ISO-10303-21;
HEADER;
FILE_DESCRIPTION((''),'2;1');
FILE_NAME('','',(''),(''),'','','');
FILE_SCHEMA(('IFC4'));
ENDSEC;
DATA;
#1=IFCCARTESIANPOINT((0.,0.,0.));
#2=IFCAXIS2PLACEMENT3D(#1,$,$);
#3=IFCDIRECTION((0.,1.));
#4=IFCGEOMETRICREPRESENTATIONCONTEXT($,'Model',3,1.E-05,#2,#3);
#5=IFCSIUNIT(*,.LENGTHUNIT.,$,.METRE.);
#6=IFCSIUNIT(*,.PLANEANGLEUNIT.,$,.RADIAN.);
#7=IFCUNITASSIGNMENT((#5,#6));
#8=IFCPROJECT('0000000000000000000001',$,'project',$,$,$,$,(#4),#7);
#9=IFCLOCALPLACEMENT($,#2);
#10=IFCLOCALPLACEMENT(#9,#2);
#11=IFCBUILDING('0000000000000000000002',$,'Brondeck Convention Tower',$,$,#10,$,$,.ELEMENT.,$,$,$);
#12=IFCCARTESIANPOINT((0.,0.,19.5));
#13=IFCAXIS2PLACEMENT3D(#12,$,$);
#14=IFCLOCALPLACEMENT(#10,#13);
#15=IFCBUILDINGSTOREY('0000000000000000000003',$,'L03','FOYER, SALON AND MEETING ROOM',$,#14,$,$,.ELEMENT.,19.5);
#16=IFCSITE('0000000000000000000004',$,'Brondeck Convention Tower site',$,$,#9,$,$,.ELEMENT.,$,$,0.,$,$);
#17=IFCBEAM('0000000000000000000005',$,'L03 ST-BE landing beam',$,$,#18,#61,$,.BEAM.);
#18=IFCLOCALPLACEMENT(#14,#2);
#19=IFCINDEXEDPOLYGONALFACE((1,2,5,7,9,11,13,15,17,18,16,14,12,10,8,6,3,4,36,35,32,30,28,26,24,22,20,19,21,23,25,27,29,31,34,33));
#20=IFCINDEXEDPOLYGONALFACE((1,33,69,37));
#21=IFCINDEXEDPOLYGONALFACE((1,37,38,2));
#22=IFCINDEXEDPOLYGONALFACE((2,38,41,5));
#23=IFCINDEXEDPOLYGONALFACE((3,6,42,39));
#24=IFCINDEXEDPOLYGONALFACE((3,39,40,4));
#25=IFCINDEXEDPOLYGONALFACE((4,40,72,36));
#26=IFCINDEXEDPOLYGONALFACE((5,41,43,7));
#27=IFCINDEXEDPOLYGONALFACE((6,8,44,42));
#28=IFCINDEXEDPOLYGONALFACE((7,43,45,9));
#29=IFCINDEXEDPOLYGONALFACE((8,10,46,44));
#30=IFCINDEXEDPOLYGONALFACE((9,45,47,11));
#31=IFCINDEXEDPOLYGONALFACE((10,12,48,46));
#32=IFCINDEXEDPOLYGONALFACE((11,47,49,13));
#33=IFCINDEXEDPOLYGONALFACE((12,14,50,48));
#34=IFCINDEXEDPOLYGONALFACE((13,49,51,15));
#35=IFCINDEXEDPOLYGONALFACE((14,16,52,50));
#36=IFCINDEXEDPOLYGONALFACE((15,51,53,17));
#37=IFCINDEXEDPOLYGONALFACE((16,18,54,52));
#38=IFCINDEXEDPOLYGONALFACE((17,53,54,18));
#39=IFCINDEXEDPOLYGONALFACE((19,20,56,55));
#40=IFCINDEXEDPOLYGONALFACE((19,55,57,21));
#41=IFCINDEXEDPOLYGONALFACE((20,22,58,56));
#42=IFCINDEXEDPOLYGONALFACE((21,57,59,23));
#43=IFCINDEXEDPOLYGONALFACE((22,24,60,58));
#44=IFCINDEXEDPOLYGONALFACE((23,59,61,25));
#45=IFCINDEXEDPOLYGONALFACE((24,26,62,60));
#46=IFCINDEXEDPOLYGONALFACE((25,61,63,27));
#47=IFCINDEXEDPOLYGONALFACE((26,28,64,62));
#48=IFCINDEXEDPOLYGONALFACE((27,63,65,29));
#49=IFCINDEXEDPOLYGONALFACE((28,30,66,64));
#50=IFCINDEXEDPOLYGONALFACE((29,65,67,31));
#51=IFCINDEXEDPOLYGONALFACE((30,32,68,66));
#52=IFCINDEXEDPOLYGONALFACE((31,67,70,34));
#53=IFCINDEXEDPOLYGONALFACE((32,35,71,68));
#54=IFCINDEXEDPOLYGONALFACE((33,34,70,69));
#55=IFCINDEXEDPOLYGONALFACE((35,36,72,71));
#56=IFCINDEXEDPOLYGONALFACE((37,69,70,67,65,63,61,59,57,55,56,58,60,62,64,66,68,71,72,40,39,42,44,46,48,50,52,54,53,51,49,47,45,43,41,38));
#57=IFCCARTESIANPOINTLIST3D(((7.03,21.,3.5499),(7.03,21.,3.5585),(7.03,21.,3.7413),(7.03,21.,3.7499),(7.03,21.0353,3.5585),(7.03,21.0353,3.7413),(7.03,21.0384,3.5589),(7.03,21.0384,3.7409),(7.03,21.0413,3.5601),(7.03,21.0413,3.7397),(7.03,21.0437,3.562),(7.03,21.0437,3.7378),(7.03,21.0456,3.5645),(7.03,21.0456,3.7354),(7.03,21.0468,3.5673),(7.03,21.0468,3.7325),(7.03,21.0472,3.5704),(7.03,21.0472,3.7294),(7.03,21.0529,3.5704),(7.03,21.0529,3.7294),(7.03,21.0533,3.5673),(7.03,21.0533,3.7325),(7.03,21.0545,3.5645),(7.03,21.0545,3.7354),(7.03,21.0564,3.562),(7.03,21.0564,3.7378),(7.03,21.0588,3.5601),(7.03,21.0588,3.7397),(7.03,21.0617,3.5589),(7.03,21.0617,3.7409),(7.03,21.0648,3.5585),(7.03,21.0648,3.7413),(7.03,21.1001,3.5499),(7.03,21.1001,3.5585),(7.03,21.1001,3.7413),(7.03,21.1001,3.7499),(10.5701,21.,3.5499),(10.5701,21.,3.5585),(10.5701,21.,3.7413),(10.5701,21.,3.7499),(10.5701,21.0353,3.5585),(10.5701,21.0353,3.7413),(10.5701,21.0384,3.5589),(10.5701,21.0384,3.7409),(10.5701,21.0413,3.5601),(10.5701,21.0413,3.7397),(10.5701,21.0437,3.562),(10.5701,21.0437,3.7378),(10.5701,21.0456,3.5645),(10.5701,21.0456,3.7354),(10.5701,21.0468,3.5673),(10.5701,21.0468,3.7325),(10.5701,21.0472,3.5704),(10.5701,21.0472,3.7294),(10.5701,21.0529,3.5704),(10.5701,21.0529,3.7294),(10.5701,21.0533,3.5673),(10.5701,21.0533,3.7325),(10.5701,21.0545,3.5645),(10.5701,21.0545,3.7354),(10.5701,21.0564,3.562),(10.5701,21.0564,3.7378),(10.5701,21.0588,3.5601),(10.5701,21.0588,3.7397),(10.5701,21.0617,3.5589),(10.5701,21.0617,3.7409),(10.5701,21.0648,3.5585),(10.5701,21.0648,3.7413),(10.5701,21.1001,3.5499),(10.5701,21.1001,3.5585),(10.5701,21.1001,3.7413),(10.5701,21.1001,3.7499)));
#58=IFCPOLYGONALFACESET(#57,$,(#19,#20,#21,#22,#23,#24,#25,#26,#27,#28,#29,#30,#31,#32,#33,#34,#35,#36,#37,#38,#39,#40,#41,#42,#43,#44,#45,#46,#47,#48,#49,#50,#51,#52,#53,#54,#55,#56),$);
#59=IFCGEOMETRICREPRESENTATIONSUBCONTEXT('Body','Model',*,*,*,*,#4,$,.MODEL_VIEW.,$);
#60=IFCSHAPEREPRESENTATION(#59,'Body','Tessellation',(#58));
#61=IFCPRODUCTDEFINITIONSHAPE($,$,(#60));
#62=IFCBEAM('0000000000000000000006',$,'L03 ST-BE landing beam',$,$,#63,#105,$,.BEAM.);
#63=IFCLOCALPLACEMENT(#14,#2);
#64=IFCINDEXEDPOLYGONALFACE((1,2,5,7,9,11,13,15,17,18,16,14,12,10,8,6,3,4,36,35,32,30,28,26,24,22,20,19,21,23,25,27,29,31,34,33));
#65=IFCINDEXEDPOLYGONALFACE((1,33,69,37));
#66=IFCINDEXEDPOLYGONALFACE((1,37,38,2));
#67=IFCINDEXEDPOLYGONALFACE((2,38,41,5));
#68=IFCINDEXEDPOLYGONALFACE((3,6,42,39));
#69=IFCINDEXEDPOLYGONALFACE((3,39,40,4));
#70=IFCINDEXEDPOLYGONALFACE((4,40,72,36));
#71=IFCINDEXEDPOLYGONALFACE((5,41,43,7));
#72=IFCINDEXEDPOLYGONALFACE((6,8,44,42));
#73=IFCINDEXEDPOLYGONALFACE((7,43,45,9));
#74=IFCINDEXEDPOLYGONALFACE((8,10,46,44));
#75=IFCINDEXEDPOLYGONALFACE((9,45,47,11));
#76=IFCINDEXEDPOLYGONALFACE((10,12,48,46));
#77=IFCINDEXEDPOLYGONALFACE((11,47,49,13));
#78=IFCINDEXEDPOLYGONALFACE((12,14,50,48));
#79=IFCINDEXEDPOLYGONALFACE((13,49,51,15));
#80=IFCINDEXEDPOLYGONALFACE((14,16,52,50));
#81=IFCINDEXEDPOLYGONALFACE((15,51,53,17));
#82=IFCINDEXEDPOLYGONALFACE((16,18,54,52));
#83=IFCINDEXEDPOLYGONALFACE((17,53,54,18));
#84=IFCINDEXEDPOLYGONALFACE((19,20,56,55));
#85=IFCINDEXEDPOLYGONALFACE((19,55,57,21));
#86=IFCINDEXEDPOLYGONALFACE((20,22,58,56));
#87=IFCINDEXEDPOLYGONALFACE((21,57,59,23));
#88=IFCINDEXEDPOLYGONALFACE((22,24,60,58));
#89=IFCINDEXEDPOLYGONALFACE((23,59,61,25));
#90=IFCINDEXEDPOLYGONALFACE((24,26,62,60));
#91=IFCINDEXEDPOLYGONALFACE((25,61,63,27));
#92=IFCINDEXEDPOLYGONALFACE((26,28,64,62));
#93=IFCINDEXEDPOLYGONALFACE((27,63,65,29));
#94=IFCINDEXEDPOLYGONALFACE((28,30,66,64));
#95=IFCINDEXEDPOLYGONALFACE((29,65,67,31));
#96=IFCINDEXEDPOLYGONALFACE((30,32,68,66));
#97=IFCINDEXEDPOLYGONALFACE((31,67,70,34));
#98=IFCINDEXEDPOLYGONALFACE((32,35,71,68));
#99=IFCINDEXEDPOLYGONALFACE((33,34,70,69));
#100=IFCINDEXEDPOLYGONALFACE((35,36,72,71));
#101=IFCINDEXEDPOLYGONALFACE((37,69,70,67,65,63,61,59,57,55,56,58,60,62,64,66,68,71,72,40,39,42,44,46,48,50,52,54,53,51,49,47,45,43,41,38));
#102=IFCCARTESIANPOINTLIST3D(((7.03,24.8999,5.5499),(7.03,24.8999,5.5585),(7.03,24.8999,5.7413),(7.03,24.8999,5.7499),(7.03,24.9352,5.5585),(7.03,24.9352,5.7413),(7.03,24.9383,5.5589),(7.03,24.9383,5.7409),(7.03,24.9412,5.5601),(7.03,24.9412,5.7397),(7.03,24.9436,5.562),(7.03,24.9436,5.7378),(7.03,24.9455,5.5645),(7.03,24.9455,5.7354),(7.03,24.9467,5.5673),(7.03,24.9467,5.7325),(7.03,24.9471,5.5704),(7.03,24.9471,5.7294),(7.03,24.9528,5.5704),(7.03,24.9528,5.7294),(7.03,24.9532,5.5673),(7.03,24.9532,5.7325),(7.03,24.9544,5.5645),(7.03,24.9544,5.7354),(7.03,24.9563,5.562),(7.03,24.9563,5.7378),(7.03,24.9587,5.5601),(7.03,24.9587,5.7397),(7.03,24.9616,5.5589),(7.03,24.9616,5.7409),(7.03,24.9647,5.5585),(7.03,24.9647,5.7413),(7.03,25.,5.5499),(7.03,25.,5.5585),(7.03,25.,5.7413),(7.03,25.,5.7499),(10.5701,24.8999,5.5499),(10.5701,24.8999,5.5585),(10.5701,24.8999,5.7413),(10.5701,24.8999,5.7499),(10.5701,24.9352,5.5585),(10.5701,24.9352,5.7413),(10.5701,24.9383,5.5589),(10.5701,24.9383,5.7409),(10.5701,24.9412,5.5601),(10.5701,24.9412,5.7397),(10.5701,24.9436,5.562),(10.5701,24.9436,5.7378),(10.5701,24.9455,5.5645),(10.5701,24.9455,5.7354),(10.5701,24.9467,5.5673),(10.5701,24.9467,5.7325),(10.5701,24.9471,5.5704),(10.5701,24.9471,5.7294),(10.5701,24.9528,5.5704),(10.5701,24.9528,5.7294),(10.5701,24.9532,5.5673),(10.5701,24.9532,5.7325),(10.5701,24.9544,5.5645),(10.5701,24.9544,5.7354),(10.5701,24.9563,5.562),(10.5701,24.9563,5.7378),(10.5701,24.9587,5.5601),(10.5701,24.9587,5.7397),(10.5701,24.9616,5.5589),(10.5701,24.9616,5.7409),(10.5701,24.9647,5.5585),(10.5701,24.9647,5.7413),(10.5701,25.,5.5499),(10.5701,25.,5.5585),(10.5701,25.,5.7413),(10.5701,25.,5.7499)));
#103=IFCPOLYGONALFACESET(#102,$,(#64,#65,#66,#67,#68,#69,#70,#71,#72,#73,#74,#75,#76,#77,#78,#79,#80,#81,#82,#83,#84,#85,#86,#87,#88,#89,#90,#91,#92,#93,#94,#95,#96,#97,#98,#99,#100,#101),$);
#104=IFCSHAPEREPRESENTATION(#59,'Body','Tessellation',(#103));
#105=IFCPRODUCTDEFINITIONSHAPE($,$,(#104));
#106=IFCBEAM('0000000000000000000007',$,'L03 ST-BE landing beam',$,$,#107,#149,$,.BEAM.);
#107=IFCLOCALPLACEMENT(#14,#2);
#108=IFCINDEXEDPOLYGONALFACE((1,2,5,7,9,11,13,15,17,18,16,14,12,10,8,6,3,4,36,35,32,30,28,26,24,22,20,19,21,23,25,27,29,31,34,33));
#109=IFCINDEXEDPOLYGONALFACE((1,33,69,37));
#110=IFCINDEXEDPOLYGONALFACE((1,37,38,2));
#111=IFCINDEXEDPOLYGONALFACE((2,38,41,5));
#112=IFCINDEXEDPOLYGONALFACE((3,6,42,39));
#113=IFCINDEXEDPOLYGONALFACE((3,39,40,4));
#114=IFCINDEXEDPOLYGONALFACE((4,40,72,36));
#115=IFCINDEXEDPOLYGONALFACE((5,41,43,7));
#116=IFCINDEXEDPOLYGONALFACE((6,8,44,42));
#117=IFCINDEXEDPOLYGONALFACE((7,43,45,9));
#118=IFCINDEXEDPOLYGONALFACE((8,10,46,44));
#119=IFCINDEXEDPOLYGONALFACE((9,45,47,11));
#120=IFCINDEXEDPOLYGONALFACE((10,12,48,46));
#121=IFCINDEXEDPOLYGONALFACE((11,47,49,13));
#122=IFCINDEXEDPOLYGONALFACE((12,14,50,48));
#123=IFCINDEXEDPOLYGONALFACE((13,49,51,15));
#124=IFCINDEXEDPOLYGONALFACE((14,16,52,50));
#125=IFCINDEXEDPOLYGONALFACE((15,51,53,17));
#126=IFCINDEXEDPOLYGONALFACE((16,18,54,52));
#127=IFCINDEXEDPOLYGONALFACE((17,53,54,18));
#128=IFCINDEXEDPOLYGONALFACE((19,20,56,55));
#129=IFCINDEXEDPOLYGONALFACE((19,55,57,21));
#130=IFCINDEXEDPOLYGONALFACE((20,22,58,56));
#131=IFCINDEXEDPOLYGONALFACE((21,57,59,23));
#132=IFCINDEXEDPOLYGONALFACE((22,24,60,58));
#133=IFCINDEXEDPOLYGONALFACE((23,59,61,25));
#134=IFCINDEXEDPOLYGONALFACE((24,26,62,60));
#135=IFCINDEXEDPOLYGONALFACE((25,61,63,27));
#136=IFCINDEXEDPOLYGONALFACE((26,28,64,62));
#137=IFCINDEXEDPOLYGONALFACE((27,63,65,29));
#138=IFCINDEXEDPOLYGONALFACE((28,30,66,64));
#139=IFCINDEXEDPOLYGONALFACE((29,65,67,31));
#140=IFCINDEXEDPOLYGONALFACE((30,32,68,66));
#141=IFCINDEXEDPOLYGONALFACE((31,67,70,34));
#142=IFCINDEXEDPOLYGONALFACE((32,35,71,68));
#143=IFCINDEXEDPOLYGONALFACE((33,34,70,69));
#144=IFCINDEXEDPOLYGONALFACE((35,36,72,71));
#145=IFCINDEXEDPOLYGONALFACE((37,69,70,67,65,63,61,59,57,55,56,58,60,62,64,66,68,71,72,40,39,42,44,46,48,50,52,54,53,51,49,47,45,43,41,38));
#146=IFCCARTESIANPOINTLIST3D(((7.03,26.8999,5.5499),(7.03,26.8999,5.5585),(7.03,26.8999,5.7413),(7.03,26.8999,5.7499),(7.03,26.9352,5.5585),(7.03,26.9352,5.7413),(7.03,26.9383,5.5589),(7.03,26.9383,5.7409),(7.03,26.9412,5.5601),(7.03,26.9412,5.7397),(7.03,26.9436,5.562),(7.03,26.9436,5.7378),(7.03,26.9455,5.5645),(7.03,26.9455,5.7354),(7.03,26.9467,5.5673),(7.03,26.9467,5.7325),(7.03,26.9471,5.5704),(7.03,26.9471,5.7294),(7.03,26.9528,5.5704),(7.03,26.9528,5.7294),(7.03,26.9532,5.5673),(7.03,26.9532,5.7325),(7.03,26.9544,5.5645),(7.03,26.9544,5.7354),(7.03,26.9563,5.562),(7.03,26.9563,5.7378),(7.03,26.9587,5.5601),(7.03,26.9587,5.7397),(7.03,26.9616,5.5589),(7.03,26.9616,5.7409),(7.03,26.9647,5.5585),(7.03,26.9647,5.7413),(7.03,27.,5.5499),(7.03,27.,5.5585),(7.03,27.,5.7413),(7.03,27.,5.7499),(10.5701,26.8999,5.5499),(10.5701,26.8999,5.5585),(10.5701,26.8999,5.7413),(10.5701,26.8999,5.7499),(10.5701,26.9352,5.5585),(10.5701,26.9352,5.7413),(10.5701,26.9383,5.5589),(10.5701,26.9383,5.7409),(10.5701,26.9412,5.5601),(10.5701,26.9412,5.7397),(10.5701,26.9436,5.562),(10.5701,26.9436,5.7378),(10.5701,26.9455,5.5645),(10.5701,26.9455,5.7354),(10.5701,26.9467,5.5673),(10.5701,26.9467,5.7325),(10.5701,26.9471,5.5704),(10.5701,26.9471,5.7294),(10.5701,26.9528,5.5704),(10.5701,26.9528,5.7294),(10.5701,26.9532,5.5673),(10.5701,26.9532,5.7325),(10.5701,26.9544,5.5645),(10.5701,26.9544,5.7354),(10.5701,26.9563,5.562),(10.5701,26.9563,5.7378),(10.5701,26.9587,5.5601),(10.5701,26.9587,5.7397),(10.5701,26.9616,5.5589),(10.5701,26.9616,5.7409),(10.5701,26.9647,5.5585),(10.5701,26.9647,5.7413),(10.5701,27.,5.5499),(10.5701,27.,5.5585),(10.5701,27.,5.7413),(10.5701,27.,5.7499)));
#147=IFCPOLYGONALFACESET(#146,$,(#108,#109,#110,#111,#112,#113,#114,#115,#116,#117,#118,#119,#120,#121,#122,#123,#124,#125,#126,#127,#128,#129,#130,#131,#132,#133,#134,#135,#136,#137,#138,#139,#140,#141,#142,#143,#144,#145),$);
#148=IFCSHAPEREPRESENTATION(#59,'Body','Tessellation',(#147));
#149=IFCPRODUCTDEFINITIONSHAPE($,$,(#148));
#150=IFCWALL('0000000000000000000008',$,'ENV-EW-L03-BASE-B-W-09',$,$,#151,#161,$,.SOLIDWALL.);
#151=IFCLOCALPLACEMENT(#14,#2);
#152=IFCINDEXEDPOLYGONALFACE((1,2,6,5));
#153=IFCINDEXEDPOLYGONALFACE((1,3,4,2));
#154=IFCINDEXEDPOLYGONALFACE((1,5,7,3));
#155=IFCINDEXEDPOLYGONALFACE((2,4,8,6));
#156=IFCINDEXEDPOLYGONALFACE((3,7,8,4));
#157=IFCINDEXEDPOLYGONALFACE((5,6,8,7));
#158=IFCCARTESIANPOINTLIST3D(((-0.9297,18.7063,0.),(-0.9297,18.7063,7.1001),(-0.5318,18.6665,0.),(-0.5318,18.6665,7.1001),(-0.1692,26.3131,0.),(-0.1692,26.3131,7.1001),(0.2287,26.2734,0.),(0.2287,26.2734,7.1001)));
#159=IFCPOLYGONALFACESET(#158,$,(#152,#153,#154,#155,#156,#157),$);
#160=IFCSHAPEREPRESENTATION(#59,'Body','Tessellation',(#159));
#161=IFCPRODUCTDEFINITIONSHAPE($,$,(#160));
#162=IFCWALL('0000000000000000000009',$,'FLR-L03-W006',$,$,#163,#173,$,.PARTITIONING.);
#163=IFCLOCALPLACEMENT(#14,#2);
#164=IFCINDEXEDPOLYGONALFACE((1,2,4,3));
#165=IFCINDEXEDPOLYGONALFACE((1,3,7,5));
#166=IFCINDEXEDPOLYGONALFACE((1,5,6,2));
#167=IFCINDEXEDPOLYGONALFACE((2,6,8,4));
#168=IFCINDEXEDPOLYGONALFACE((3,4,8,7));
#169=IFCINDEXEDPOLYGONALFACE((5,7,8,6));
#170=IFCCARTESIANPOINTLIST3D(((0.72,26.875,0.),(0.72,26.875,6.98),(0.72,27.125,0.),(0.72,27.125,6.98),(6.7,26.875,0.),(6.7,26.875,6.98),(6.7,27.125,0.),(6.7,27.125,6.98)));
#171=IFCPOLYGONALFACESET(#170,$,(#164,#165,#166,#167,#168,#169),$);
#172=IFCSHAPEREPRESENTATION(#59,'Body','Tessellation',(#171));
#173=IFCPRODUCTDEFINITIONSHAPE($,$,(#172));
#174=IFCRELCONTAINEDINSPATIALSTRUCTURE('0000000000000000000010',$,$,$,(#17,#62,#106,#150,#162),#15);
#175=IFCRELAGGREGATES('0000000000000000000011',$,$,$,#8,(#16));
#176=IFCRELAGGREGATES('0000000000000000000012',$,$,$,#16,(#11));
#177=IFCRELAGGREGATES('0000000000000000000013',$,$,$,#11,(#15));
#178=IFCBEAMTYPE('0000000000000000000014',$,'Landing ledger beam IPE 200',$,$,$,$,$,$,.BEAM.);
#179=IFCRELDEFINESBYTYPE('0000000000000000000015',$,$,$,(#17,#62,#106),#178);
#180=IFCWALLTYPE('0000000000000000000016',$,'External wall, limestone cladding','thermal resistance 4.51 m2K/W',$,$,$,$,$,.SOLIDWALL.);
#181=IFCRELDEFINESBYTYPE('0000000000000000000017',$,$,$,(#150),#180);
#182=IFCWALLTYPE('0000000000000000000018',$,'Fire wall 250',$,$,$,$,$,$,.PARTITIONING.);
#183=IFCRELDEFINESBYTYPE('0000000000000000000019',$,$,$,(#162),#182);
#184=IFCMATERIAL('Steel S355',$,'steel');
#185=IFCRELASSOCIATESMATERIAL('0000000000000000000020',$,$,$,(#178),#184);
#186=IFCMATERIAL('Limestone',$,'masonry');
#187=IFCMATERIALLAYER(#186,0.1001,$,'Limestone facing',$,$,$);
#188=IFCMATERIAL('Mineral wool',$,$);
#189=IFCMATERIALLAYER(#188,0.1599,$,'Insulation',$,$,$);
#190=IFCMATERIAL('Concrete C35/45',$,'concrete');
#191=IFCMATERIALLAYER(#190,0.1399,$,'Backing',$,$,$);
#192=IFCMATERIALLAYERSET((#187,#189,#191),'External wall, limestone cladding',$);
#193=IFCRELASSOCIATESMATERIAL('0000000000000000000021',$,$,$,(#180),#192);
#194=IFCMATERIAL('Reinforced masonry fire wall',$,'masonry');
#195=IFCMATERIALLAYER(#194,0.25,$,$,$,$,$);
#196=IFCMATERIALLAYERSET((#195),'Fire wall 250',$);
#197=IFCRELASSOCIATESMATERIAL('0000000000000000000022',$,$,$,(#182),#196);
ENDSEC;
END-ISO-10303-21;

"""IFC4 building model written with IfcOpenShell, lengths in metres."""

from ifc_helpers import new_model, si_unit, direction, frame, frame_2d, origin, origin_2d, place, context, subcontext, project, spatial, rectangle, i_section, extrude, material, layer, layer_set, material_profile, profile_set, type_object, element, save


model = new_model("IFC4")

# Units and contexts
model_context = context("Model", 3, precision=1e-05, world=origin(), true_north=direction((0.0, 1.0)))
body_context = subcontext(model_context, "Body", "Model", "MODEL_VIEW")
ifc_project = project(units=[si_unit("LENGTHUNIT", "METRE"), si_unit("PLANEANGLEUNIT", "RADIAN")], contexts=[model_context])

# Site, building, storey
site_placement = place(None, origin())
site = spatial("IfcSite", under=ifc_project, at=site_placement, Name="Brondeck Convention Tower site", CompositionType="ELEMENT", RefElevation=0.0)
building_placement = place(site_placement, origin())
building = spatial("IfcBuilding", under=site, at=building_placement, Name="Brondeck Convention Tower", CompositionType="ELEMENT")
storey_placement = place(building_placement, frame((0.0, 0.0, 19.5)))
storey = spatial("IfcBuildingStorey", under=building, at=storey_placement, Name="L03", Description="FOYER, SALON AND MEETING ROOM", CompositionType="ELEMENT", Elevation=19.5)

# Beams
ifc_material_1 = material(Name="Steel S355", Category="steel")
ifc_material_profile_1 = material_profile(ifc_material_1, i_section(OverallWidth=0.1001, OverallDepth=0.2, WebThickness=0.0056, FlangeThickness=0.0085, FilletRadius=0.012, at=origin_2d()), Name="IPE200")
ifc_profile_set_1 = profile_set([ifc_material_profile_1], Name="Steel S355")
beam_type_1 = type_object("IfcBeamType", Name="Landing ledger beam IPE 200", PredefinedType="BEAM", material=ifc_profile_set_1)
for number, where, z_axis, x_axis, name in (
    (1, (10.5701, 21.05, 3.6499), (-1.0, 0.0, 0.0), (0.0, -1.0, 0.0), "L03 ST-BE landing beam"),
    (2, (10.5701, 24.95, 5.6499), (-1.0, 0.0, 0.0), (0.0, -1.0, 0.0), "L03 ST-BE landing beam"),
    (3, (10.5701, 26.95, 5.6499), (-1.0, 0.0, 0.0), (0.0, -1.0, 0.0), "L03 ST-BE landing beam"),
):
    element("IfcBeam", number, at=place(storey_placement, frame(where, z_axis=z_axis, x_axis=x_axis)), inside=storey, type_object=beam_type_1, Name=name, PredefinedType="BEAM", context=body_context, shape_type="SweptSolid", body=[
        extrude(i_section(OverallWidth=0.1001, OverallDepth=0.2, WebThickness=0.0056, FlangeThickness=0.0085, FilletRadius=0.012, at=origin_2d()), origin(), (0.0, 0.0, 1.0), 3.54),
    ])

# Walls
ifc_material_2 = material(Name="Limestone", Category="masonry")
ifc_layer_1 = layer(ifc_material_2, 0.1001, Name="Limestone facing")
ifc_material_3 = material(Name="Mineral wool")
ifc_layer_2 = layer(ifc_material_3, 0.1599, Name="Insulation")
ifc_material_4 = material(Name="Concrete C35/45", Category="concrete")
ifc_layer_3 = layer(ifc_material_4, 0.1399, Name="Backing")
ifc_layer_set_1 = layer_set([ifc_layer_1, ifc_layer_2, ifc_layer_3], Name="External wall, limestone cladding")
wall_type_1 = type_object("IfcWallType", Name="External wall, limestone cladding", Description="thermal resistance 4.51 m2K/W", PredefinedType="SOLIDWALL", material=ifc_layer_set_1)
wall_1_placement = place(storey_placement, frame((-0.7307, 18.6865, 0.0), z_axis=(0.0, 0.0, 1.0), x_axis=(0.099478, 0.99504, 0.0)))
element("IfcWall", 4, at=wall_1_placement, inside=storey, type_object=wall_type_1, Name="ENV-EW-L03-BASE-B-W-09", PredefinedType="SOLIDWALL", context=body_context, shape_type="SweptSolid", body=[
    extrude(rectangle(XDim=7.6448, YDim=0.3999, at=frame_2d((3.8223, 0.0))), origin(), (0.0, 0.0, 1.0), 7.1001),
])
ifc_material_5 = material(Name="Reinforced masonry fire wall", Category="masonry")
ifc_layer_4 = layer(ifc_material_5, 0.25)
ifc_layer_set_2 = layer_set([ifc_layer_4], Name="Fire wall 250")
wall_type_2 = type_object("IfcWallType", Name="Fire wall 250", PredefinedType="PARTITIONING", material=ifc_layer_set_2)
wall_2_placement = place(storey_placement, frame((0.72, 27.0, 0.0), z_axis=(0.0, 0.0, 1.0), x_axis=(1.0, 0.0, 0.0)))
element("IfcWall", 5, at=wall_2_placement, inside=storey, type_object=wall_type_2, Name="FLR-L03-W006", PredefinedType="PARTITIONING", context=body_context, shape_type="SweptSolid", body=[
    extrude(rectangle(XDim=5.98, YDim=0.25, at=frame_2d((2.99, 0.0))), origin(), (0.0, 0.0, 1.0), 6.98),
])

save(model, "model.ifc")
